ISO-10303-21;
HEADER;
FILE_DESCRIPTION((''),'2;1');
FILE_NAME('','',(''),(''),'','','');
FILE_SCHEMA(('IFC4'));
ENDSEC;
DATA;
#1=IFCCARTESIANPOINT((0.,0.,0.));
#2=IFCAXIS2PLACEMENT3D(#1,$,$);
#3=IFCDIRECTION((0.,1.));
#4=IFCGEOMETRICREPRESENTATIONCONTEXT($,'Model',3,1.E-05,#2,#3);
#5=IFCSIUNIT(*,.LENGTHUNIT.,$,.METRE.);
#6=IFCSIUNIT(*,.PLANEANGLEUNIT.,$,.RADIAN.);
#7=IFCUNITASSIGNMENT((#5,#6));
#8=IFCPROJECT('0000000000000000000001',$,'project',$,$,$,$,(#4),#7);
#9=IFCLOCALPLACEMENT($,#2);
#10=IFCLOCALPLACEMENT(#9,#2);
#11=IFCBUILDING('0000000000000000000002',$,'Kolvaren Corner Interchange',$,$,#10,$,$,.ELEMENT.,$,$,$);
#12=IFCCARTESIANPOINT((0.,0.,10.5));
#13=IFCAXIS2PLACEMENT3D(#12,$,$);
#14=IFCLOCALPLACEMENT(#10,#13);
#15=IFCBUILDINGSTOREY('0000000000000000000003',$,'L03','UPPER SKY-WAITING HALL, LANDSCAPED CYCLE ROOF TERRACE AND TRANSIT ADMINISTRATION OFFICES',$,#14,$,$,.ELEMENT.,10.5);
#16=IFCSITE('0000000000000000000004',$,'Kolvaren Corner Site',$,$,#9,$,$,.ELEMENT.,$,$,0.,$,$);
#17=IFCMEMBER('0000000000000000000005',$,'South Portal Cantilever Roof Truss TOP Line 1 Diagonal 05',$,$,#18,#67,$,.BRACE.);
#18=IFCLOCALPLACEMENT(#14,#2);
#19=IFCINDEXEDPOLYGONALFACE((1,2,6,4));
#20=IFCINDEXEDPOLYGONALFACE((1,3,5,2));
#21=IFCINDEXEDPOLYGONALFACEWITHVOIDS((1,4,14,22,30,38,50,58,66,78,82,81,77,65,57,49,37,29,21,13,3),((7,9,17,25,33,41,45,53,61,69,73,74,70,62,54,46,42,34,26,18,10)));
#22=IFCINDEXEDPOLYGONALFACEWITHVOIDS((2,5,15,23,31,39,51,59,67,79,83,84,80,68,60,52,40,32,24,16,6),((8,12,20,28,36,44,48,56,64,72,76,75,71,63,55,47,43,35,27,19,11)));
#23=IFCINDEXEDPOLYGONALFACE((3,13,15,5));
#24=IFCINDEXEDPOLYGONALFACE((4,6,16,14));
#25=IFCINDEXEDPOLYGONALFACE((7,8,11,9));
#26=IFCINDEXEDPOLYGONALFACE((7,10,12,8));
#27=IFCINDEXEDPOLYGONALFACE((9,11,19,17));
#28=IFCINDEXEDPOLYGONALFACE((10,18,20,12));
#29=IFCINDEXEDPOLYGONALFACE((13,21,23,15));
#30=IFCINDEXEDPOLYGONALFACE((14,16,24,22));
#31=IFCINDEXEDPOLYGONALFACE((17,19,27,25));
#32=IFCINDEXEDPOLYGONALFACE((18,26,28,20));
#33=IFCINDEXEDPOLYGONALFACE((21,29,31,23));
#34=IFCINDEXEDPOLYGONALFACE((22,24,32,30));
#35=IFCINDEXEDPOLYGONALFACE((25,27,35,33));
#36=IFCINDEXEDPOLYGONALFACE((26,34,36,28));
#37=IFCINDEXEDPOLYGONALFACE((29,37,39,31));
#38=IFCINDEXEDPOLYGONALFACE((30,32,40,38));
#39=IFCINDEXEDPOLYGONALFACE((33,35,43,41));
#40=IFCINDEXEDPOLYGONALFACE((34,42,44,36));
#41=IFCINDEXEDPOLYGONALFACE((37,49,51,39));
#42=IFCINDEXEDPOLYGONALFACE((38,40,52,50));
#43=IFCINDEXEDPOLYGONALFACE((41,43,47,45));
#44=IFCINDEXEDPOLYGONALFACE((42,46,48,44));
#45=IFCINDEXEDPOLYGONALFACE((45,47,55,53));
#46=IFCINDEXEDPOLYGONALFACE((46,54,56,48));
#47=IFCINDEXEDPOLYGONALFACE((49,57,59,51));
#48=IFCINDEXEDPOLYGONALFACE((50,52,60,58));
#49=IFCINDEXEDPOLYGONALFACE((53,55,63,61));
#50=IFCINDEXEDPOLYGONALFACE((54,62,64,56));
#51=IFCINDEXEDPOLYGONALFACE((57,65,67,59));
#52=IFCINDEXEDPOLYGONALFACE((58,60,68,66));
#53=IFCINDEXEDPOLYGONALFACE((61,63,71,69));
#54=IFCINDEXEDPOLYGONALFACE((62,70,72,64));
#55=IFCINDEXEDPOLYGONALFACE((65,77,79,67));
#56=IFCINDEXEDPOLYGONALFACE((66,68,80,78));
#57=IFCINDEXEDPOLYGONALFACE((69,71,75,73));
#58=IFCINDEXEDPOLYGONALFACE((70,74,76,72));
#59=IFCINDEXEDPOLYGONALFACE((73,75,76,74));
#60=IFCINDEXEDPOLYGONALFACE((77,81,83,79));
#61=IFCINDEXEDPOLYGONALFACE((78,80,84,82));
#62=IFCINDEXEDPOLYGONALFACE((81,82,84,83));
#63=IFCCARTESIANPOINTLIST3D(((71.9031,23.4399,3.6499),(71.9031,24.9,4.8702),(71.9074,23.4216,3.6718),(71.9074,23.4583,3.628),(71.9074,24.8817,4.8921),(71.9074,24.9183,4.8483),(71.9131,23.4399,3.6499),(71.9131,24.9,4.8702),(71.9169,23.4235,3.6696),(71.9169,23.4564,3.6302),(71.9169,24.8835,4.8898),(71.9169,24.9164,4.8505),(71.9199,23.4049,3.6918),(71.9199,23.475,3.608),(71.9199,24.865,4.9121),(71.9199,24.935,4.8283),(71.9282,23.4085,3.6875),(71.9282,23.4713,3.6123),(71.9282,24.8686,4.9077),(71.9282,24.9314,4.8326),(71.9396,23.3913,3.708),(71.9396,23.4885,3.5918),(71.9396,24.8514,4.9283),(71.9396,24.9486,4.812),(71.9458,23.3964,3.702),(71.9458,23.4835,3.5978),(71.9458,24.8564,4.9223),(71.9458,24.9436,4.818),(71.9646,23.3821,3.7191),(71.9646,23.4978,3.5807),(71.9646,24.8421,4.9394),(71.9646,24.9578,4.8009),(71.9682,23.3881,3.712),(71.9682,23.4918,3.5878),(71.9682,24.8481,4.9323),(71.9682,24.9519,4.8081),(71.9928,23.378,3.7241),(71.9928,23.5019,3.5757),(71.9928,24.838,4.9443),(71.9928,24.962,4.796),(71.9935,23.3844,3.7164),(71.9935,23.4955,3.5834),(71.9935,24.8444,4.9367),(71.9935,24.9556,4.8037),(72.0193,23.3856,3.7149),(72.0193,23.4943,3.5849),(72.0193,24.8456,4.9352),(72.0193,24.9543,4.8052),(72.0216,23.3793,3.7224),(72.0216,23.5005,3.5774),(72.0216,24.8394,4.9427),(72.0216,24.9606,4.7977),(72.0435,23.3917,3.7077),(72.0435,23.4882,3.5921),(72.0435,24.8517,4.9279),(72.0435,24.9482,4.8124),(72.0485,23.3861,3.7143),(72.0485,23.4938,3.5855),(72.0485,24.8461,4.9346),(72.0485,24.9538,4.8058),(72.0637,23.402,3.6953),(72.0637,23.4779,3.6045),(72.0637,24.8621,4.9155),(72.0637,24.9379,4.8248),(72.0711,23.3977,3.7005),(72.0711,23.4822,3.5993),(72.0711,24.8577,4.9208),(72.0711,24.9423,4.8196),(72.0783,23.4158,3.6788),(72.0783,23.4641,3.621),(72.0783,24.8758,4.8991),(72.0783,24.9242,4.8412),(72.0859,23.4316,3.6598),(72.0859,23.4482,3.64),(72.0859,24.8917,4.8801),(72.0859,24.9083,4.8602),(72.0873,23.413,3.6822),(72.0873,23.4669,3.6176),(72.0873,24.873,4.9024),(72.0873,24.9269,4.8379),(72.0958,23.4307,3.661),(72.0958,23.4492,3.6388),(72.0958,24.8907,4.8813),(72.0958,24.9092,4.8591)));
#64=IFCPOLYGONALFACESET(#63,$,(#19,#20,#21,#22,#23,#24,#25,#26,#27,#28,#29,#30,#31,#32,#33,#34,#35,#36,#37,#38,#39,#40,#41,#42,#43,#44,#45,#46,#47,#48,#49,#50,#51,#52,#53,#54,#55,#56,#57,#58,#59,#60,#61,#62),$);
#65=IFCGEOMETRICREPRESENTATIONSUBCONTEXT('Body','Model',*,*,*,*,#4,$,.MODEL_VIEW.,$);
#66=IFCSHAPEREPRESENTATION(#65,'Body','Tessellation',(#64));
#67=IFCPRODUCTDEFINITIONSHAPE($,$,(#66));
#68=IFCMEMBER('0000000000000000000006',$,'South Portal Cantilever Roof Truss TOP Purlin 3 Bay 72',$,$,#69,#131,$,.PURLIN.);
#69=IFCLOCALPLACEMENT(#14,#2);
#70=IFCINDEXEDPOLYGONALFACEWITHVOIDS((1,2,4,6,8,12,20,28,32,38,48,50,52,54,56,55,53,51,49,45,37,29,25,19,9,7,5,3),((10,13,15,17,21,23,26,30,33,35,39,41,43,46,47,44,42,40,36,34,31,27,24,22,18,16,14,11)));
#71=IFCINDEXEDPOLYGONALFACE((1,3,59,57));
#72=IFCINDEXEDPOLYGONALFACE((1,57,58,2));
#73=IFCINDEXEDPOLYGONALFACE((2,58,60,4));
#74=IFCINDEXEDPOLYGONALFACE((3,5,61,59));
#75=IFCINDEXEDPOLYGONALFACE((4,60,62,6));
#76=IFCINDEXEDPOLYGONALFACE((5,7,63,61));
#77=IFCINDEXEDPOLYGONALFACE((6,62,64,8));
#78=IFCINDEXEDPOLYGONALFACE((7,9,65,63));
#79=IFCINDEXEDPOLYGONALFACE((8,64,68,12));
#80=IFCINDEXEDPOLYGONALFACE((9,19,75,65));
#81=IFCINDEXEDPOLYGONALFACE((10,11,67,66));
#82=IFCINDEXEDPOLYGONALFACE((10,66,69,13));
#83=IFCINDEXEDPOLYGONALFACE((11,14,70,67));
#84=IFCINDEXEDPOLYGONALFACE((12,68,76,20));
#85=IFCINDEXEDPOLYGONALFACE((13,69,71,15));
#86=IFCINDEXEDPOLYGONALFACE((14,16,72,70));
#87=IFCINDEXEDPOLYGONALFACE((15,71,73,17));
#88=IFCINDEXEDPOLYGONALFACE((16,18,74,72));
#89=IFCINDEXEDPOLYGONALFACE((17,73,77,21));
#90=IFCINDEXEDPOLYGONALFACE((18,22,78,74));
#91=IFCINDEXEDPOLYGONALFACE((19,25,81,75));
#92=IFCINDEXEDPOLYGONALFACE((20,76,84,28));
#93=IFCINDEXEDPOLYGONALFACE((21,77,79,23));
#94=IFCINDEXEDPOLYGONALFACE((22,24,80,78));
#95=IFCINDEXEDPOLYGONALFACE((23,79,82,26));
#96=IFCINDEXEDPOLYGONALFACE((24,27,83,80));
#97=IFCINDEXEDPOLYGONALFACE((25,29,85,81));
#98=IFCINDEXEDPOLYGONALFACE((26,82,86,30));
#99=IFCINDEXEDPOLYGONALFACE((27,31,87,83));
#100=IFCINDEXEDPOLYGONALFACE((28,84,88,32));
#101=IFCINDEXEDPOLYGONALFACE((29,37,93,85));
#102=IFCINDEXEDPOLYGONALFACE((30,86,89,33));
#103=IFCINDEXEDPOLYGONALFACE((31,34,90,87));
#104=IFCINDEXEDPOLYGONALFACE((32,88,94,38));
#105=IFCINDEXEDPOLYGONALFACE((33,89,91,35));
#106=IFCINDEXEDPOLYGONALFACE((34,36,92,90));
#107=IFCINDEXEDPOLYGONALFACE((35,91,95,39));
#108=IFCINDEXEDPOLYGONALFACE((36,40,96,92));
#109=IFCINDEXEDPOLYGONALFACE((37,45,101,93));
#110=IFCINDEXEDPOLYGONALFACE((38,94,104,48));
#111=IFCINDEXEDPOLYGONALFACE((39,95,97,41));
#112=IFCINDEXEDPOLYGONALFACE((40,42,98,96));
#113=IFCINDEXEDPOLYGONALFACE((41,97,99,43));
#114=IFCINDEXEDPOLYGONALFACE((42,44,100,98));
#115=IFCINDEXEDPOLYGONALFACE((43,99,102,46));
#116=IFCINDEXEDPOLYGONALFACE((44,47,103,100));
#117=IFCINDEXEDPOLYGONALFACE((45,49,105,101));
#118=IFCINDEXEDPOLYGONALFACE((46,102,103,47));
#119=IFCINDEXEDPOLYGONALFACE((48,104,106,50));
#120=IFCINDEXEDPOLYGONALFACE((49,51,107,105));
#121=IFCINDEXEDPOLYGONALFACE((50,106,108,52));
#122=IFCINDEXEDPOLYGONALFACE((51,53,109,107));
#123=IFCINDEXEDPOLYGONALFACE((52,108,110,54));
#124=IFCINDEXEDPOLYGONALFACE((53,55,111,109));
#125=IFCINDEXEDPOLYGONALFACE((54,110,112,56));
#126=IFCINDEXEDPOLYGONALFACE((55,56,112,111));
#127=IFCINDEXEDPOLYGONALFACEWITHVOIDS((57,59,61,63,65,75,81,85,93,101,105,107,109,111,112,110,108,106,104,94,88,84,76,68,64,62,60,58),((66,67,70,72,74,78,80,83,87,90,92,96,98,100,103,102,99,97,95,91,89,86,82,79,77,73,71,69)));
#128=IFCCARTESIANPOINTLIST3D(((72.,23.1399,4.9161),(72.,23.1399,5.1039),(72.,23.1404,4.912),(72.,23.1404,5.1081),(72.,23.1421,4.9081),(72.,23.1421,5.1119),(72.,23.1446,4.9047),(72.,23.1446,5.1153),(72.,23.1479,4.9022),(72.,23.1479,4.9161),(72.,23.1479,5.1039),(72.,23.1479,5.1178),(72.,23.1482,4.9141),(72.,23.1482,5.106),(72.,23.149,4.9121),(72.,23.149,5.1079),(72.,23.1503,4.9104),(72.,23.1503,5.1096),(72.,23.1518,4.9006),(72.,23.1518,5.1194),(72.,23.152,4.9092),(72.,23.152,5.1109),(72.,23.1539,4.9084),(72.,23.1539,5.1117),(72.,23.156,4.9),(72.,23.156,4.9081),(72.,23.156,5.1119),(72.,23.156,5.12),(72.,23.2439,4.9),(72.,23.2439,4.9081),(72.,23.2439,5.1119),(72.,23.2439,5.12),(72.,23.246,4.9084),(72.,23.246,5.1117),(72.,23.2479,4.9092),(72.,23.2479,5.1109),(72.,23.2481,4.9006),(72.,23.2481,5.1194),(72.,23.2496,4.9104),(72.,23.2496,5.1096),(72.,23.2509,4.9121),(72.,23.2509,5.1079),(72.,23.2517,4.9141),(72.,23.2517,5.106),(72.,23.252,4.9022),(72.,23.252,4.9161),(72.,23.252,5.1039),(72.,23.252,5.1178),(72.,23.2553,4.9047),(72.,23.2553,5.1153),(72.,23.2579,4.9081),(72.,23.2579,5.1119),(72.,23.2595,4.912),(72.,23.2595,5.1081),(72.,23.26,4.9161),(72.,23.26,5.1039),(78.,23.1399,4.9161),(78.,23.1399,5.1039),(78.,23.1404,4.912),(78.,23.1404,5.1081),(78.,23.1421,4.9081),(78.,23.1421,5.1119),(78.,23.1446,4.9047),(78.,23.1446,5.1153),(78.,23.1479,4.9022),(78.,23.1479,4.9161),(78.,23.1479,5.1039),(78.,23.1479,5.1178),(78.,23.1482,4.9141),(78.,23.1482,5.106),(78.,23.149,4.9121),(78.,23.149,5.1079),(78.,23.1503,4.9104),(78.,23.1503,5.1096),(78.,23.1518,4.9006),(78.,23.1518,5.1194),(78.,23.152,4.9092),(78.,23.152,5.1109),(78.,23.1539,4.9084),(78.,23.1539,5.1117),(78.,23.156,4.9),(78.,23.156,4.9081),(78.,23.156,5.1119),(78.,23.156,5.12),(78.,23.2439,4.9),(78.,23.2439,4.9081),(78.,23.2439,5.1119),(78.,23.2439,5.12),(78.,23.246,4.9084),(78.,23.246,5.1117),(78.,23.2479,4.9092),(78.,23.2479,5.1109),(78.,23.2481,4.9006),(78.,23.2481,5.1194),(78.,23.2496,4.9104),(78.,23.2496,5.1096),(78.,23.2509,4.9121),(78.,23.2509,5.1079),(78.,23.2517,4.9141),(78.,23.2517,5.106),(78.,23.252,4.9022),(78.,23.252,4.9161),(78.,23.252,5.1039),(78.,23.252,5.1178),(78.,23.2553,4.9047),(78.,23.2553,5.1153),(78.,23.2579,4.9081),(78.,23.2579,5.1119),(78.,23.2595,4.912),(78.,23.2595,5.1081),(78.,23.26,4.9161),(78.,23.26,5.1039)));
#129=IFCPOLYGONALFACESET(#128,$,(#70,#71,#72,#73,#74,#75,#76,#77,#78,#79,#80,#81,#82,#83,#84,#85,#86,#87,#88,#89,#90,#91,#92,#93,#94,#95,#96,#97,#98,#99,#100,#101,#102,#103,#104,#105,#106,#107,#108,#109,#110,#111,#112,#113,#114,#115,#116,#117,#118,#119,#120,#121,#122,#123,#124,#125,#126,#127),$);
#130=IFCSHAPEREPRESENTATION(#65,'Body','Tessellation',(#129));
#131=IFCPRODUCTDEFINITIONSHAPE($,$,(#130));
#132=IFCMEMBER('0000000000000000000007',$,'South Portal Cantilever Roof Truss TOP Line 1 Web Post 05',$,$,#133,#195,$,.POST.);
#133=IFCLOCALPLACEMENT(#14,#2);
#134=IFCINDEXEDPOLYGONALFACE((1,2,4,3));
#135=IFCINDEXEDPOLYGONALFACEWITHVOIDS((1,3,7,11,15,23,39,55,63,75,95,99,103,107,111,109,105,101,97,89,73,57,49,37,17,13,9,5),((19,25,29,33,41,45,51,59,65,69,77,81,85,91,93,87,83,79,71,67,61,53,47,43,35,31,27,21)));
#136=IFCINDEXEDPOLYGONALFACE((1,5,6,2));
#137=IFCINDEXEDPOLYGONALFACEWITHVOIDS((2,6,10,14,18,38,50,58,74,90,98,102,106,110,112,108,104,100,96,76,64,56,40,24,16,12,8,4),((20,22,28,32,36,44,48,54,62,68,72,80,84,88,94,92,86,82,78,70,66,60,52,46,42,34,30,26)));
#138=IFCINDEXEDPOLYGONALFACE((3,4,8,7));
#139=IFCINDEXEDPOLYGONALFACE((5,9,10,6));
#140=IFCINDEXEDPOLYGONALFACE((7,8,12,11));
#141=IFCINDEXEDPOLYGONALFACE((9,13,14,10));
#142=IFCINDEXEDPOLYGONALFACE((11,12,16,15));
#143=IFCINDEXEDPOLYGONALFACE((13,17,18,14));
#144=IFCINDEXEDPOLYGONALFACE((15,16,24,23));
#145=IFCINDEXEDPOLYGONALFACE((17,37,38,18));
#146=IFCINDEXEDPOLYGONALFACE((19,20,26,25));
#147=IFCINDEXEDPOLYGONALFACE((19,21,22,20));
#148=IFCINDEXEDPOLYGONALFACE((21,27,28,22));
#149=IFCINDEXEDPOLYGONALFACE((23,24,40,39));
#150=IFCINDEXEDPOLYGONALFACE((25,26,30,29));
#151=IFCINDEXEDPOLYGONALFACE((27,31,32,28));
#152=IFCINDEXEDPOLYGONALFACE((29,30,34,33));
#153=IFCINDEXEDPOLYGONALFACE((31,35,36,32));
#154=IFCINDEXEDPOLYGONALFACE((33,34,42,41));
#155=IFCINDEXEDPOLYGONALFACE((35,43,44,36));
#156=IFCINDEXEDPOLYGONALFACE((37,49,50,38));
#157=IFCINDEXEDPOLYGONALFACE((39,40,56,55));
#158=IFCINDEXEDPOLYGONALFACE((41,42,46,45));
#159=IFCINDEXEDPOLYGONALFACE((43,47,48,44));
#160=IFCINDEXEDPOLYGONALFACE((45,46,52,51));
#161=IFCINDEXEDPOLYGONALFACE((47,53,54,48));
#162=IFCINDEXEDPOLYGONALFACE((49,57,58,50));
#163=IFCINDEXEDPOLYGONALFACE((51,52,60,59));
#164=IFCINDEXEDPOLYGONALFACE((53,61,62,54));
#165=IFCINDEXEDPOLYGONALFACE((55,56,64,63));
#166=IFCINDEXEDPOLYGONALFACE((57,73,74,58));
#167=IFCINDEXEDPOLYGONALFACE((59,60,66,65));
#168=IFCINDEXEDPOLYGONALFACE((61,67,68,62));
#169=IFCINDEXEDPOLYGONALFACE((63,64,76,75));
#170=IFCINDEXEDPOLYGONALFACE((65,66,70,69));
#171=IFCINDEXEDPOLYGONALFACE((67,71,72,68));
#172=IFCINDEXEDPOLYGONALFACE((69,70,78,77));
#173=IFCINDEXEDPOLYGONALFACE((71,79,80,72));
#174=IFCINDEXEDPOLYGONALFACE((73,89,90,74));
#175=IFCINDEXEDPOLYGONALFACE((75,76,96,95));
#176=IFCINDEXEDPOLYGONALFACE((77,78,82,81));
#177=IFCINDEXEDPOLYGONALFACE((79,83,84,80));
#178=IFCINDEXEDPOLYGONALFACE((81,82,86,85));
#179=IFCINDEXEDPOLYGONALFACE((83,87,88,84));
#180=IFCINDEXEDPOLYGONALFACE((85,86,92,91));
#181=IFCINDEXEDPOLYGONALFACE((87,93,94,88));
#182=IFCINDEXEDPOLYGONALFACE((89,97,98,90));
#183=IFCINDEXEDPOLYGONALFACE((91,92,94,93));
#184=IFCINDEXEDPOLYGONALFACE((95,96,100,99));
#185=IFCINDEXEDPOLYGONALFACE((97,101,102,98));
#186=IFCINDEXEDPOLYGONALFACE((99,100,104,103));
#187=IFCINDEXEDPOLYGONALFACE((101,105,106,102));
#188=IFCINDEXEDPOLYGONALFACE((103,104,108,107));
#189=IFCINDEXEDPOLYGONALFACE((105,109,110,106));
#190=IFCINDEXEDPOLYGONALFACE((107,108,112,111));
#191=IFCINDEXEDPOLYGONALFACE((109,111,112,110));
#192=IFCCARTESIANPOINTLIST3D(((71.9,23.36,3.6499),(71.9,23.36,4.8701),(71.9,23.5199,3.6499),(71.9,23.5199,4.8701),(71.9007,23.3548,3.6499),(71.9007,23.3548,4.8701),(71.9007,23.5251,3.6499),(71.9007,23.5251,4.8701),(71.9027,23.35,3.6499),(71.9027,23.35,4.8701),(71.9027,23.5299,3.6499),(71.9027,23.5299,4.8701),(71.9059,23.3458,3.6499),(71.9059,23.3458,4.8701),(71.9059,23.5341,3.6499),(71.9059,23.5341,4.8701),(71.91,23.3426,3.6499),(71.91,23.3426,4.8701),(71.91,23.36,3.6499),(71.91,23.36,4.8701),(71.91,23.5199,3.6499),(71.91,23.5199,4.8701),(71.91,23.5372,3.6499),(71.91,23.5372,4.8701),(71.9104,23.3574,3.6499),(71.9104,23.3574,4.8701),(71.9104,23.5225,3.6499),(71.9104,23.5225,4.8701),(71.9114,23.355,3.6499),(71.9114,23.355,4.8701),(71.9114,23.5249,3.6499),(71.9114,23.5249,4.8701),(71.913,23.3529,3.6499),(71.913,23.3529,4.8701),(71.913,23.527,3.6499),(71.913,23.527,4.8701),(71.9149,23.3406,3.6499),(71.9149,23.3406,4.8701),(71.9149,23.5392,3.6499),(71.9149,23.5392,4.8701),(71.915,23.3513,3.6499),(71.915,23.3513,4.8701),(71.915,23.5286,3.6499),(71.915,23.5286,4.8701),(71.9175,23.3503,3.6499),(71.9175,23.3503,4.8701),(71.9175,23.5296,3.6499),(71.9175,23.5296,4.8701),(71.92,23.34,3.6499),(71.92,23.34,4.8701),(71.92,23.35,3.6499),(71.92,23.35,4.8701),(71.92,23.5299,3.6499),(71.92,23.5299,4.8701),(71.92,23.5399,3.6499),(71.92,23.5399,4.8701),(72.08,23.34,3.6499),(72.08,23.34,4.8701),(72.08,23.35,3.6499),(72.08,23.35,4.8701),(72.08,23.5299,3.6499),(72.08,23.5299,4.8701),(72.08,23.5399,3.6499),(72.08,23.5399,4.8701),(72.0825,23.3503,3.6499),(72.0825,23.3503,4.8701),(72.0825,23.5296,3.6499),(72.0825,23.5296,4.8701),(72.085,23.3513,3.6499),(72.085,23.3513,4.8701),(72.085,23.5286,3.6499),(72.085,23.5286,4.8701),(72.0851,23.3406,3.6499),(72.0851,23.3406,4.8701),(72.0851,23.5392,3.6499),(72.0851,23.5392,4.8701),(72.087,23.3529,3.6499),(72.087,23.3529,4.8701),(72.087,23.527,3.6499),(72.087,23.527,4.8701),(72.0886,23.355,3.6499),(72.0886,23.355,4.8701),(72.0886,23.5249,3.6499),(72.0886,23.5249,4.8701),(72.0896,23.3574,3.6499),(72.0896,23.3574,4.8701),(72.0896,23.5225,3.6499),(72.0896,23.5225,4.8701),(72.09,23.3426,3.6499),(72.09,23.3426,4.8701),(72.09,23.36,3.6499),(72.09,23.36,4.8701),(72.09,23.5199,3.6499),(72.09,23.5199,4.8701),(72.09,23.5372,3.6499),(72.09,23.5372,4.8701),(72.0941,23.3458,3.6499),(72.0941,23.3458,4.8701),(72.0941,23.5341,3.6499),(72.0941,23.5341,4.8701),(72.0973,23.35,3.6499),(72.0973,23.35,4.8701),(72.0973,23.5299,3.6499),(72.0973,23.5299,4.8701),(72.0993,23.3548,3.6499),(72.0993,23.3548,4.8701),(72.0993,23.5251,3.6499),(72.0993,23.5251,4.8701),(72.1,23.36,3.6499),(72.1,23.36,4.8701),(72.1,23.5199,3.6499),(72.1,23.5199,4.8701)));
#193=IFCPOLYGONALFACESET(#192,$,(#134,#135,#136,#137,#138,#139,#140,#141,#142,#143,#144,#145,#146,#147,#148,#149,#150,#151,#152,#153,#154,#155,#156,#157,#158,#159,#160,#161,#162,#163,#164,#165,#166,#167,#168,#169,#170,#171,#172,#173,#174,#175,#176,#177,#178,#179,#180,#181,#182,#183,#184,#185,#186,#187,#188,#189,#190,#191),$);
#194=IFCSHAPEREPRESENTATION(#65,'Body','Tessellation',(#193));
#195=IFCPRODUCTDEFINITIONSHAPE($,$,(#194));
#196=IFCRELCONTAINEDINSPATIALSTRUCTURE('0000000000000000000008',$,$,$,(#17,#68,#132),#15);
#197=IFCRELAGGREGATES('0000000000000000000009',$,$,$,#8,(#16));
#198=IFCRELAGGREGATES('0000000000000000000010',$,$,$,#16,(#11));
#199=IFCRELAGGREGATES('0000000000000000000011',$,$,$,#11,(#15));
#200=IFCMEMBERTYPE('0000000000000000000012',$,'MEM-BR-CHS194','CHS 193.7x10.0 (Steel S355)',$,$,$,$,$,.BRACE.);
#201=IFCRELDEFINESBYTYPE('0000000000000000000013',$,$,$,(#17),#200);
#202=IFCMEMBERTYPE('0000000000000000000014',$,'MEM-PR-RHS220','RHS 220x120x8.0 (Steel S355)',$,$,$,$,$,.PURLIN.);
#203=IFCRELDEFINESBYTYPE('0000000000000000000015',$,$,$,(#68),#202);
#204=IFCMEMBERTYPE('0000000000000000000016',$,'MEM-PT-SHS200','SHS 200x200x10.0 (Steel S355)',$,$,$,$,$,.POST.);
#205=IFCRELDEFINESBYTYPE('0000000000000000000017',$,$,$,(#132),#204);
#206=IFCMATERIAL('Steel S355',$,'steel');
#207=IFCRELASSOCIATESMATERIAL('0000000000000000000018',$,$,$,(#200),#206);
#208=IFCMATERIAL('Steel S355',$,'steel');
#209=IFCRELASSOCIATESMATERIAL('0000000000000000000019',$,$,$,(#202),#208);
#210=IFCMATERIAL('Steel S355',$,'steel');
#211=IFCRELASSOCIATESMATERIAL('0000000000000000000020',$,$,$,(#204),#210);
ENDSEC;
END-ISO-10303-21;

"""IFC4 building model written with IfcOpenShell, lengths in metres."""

from ifc_helpers import new_model, si_unit, direction, frame, origin, origin_2d, place, context, subcontext, project, spatial, hollow_rectangle, hollow_circle, extrude, material, material_profile, profile_set, type_object, element, save


model = new_model("IFC4")

# Units and contexts
model_context = context("Model", 3, precision=1e-05, world=origin(), true_north=direction((0.0, 1.0)))
body_context = subcontext(model_context, "Body", "Model", "MODEL_VIEW")
ifc_project = project(units=[si_unit("LENGTHUNIT", "METRE"), si_unit("PLANEANGLEUNIT", "RADIAN")], contexts=[model_context])

# Site, building, storey
site_placement = place(None, origin())
site = spatial("IfcSite", under=ifc_project, at=site_placement, Name="Kolvaren Corner Site", CompositionType="ELEMENT", RefElevation=0.0)
building_placement = place(site_placement, origin())
building = spatial("IfcBuilding", under=site, at=building_placement, Name="Kolvaren Corner Interchange", CompositionType="ELEMENT")
storey_placement = place(building_placement, frame((0.0, 0.0, 10.5)))
storey = spatial("IfcBuildingStorey", under=building, at=storey_placement, Name="L03", Description="UPPER SKY-WAITING HALL, LANDSCAPED CYCLE ROOF TERRACE AND TRANSIT ADMINISTRATION OFFICES", CompositionType="ELEMENT", Elevation=10.5)

# Members
ifc_material_1 = material(Name="Steel S355", Category="steel")
ifc_material_profile_1 = material_profile(ifc_material_1, hollow_circle(Radius=0.0969, WallThickness=0.01, at=origin_2d()), Name="CHS 193.7x10.0")
ifc_profile_set_1 = profile_set([ifc_material_profile_1], Name="Steel S355")
member_type_1 = type_object("IfcMemberType", Name="MEM-BR-CHS194", Description="CHS 193.7x10.0 (Steel S355)", PredefinedType="BRACE", material=ifc_profile_set_1)
member_1_placement = place(storey_placement, frame((72.0, 23.4399, 3.6499), z_axis=(0.0, 0.767295, 0.641294), x_axis=(-1.0, 0.0, 0.0)))
element("IfcMember", 1, at=member_1_placement, inside=storey, type_object=member_type_1, Name="South Portal Cantilever Roof Truss TOP Line 1 Diagonal 05", PredefinedType="BRACE", context=body_context, shape_type="SweptSolid", body=[
    extrude(hollow_circle(Radius=0.0969, WallThickness=0.01, at=origin_2d()), origin(), (0.0, 0.0, 1.0), 1.9028),
])
ifc_material_2 = material(Name="Steel S355", Category="steel")
ifc_material_profile_2 = material_profile(ifc_material_2, hollow_rectangle(XDim=0.1201, YDim=0.22, WallThickness=0.0081, InnerFilletRadius=0.0081, OuterFilletRadius=0.0161, at=origin_2d()), Name="RHS 220x120x8.0")
ifc_profile_set_2 = profile_set([ifc_material_profile_2], Name="Steel S355")
member_type_2 = type_object("IfcMemberType", Name="MEM-PR-RHS220", Description="RHS 220x120x8.0 (Steel S355)", PredefinedType="PURLIN", material=ifc_profile_set_2)
member_2_placement = place(storey_placement, frame((72.0, 23.2, 5.01), z_axis=(1.0, 0.0, 0.0), x_axis=(0.0, 1.0, 0.0)))
element("IfcMember", 2, at=member_2_placement, inside=storey, type_object=member_type_2, Name="South Portal Cantilever Roof Truss TOP Purlin 3 Bay 72", PredefinedType="PURLIN", context=body_context, shape_type="SweptSolid", body=[
    extrude(hollow_rectangle(XDim=0.1201, YDim=0.22, WallThickness=0.0081, InnerFilletRadius=0.0081, OuterFilletRadius=0.0161, at=origin_2d()), origin(), (0.0, 0.0, 1.0), 6.0),
])
ifc_material_3 = material(Name="Steel S355", Category="steel")
ifc_material_profile_3 = material_profile(ifc_material_3, hollow_rectangle(XDim=0.2, YDim=0.2, WallThickness=0.01, InnerFilletRadius=0.01, OuterFilletRadius=0.02, at=origin_2d()), Name="SHS 200x200x10.0")
ifc_profile_set_3 = profile_set([ifc_material_profile_3], Name="Steel S355")
member_type_3 = type_object("IfcMemberType", Name="MEM-PT-SHS200", Description="SHS 200x200x10.0 (Steel S355)", PredefinedType="POST", material=ifc_profile_set_3)
for number, where, z_axis, x_axis, name in (
    (3, (72.0, 23.4399, 3.6499), (0.0, 0.0, 1.0), (1.0, 0.0, 0.0), "South Portal Cantilever Roof Truss TOP Line 1 Web Post 05"),
):
    element("IfcMember", number, at=place(storey_placement, frame(where, z_axis=z_axis, x_axis=x_axis)), inside=storey, type_object=member_type_3, Name=name, PredefinedType="POST", context=body_context, shape_type="SweptSolid", body=[
        extrude(hollow_rectangle(XDim=0.2, YDim=0.2, WallThickness=0.01, InnerFilletRadius=0.01, OuterFilletRadius=0.02, at=origin_2d()), origin(), (0.0, 0.0, 1.0), 1.2202),
    ])

save(model, "model.ifc")
